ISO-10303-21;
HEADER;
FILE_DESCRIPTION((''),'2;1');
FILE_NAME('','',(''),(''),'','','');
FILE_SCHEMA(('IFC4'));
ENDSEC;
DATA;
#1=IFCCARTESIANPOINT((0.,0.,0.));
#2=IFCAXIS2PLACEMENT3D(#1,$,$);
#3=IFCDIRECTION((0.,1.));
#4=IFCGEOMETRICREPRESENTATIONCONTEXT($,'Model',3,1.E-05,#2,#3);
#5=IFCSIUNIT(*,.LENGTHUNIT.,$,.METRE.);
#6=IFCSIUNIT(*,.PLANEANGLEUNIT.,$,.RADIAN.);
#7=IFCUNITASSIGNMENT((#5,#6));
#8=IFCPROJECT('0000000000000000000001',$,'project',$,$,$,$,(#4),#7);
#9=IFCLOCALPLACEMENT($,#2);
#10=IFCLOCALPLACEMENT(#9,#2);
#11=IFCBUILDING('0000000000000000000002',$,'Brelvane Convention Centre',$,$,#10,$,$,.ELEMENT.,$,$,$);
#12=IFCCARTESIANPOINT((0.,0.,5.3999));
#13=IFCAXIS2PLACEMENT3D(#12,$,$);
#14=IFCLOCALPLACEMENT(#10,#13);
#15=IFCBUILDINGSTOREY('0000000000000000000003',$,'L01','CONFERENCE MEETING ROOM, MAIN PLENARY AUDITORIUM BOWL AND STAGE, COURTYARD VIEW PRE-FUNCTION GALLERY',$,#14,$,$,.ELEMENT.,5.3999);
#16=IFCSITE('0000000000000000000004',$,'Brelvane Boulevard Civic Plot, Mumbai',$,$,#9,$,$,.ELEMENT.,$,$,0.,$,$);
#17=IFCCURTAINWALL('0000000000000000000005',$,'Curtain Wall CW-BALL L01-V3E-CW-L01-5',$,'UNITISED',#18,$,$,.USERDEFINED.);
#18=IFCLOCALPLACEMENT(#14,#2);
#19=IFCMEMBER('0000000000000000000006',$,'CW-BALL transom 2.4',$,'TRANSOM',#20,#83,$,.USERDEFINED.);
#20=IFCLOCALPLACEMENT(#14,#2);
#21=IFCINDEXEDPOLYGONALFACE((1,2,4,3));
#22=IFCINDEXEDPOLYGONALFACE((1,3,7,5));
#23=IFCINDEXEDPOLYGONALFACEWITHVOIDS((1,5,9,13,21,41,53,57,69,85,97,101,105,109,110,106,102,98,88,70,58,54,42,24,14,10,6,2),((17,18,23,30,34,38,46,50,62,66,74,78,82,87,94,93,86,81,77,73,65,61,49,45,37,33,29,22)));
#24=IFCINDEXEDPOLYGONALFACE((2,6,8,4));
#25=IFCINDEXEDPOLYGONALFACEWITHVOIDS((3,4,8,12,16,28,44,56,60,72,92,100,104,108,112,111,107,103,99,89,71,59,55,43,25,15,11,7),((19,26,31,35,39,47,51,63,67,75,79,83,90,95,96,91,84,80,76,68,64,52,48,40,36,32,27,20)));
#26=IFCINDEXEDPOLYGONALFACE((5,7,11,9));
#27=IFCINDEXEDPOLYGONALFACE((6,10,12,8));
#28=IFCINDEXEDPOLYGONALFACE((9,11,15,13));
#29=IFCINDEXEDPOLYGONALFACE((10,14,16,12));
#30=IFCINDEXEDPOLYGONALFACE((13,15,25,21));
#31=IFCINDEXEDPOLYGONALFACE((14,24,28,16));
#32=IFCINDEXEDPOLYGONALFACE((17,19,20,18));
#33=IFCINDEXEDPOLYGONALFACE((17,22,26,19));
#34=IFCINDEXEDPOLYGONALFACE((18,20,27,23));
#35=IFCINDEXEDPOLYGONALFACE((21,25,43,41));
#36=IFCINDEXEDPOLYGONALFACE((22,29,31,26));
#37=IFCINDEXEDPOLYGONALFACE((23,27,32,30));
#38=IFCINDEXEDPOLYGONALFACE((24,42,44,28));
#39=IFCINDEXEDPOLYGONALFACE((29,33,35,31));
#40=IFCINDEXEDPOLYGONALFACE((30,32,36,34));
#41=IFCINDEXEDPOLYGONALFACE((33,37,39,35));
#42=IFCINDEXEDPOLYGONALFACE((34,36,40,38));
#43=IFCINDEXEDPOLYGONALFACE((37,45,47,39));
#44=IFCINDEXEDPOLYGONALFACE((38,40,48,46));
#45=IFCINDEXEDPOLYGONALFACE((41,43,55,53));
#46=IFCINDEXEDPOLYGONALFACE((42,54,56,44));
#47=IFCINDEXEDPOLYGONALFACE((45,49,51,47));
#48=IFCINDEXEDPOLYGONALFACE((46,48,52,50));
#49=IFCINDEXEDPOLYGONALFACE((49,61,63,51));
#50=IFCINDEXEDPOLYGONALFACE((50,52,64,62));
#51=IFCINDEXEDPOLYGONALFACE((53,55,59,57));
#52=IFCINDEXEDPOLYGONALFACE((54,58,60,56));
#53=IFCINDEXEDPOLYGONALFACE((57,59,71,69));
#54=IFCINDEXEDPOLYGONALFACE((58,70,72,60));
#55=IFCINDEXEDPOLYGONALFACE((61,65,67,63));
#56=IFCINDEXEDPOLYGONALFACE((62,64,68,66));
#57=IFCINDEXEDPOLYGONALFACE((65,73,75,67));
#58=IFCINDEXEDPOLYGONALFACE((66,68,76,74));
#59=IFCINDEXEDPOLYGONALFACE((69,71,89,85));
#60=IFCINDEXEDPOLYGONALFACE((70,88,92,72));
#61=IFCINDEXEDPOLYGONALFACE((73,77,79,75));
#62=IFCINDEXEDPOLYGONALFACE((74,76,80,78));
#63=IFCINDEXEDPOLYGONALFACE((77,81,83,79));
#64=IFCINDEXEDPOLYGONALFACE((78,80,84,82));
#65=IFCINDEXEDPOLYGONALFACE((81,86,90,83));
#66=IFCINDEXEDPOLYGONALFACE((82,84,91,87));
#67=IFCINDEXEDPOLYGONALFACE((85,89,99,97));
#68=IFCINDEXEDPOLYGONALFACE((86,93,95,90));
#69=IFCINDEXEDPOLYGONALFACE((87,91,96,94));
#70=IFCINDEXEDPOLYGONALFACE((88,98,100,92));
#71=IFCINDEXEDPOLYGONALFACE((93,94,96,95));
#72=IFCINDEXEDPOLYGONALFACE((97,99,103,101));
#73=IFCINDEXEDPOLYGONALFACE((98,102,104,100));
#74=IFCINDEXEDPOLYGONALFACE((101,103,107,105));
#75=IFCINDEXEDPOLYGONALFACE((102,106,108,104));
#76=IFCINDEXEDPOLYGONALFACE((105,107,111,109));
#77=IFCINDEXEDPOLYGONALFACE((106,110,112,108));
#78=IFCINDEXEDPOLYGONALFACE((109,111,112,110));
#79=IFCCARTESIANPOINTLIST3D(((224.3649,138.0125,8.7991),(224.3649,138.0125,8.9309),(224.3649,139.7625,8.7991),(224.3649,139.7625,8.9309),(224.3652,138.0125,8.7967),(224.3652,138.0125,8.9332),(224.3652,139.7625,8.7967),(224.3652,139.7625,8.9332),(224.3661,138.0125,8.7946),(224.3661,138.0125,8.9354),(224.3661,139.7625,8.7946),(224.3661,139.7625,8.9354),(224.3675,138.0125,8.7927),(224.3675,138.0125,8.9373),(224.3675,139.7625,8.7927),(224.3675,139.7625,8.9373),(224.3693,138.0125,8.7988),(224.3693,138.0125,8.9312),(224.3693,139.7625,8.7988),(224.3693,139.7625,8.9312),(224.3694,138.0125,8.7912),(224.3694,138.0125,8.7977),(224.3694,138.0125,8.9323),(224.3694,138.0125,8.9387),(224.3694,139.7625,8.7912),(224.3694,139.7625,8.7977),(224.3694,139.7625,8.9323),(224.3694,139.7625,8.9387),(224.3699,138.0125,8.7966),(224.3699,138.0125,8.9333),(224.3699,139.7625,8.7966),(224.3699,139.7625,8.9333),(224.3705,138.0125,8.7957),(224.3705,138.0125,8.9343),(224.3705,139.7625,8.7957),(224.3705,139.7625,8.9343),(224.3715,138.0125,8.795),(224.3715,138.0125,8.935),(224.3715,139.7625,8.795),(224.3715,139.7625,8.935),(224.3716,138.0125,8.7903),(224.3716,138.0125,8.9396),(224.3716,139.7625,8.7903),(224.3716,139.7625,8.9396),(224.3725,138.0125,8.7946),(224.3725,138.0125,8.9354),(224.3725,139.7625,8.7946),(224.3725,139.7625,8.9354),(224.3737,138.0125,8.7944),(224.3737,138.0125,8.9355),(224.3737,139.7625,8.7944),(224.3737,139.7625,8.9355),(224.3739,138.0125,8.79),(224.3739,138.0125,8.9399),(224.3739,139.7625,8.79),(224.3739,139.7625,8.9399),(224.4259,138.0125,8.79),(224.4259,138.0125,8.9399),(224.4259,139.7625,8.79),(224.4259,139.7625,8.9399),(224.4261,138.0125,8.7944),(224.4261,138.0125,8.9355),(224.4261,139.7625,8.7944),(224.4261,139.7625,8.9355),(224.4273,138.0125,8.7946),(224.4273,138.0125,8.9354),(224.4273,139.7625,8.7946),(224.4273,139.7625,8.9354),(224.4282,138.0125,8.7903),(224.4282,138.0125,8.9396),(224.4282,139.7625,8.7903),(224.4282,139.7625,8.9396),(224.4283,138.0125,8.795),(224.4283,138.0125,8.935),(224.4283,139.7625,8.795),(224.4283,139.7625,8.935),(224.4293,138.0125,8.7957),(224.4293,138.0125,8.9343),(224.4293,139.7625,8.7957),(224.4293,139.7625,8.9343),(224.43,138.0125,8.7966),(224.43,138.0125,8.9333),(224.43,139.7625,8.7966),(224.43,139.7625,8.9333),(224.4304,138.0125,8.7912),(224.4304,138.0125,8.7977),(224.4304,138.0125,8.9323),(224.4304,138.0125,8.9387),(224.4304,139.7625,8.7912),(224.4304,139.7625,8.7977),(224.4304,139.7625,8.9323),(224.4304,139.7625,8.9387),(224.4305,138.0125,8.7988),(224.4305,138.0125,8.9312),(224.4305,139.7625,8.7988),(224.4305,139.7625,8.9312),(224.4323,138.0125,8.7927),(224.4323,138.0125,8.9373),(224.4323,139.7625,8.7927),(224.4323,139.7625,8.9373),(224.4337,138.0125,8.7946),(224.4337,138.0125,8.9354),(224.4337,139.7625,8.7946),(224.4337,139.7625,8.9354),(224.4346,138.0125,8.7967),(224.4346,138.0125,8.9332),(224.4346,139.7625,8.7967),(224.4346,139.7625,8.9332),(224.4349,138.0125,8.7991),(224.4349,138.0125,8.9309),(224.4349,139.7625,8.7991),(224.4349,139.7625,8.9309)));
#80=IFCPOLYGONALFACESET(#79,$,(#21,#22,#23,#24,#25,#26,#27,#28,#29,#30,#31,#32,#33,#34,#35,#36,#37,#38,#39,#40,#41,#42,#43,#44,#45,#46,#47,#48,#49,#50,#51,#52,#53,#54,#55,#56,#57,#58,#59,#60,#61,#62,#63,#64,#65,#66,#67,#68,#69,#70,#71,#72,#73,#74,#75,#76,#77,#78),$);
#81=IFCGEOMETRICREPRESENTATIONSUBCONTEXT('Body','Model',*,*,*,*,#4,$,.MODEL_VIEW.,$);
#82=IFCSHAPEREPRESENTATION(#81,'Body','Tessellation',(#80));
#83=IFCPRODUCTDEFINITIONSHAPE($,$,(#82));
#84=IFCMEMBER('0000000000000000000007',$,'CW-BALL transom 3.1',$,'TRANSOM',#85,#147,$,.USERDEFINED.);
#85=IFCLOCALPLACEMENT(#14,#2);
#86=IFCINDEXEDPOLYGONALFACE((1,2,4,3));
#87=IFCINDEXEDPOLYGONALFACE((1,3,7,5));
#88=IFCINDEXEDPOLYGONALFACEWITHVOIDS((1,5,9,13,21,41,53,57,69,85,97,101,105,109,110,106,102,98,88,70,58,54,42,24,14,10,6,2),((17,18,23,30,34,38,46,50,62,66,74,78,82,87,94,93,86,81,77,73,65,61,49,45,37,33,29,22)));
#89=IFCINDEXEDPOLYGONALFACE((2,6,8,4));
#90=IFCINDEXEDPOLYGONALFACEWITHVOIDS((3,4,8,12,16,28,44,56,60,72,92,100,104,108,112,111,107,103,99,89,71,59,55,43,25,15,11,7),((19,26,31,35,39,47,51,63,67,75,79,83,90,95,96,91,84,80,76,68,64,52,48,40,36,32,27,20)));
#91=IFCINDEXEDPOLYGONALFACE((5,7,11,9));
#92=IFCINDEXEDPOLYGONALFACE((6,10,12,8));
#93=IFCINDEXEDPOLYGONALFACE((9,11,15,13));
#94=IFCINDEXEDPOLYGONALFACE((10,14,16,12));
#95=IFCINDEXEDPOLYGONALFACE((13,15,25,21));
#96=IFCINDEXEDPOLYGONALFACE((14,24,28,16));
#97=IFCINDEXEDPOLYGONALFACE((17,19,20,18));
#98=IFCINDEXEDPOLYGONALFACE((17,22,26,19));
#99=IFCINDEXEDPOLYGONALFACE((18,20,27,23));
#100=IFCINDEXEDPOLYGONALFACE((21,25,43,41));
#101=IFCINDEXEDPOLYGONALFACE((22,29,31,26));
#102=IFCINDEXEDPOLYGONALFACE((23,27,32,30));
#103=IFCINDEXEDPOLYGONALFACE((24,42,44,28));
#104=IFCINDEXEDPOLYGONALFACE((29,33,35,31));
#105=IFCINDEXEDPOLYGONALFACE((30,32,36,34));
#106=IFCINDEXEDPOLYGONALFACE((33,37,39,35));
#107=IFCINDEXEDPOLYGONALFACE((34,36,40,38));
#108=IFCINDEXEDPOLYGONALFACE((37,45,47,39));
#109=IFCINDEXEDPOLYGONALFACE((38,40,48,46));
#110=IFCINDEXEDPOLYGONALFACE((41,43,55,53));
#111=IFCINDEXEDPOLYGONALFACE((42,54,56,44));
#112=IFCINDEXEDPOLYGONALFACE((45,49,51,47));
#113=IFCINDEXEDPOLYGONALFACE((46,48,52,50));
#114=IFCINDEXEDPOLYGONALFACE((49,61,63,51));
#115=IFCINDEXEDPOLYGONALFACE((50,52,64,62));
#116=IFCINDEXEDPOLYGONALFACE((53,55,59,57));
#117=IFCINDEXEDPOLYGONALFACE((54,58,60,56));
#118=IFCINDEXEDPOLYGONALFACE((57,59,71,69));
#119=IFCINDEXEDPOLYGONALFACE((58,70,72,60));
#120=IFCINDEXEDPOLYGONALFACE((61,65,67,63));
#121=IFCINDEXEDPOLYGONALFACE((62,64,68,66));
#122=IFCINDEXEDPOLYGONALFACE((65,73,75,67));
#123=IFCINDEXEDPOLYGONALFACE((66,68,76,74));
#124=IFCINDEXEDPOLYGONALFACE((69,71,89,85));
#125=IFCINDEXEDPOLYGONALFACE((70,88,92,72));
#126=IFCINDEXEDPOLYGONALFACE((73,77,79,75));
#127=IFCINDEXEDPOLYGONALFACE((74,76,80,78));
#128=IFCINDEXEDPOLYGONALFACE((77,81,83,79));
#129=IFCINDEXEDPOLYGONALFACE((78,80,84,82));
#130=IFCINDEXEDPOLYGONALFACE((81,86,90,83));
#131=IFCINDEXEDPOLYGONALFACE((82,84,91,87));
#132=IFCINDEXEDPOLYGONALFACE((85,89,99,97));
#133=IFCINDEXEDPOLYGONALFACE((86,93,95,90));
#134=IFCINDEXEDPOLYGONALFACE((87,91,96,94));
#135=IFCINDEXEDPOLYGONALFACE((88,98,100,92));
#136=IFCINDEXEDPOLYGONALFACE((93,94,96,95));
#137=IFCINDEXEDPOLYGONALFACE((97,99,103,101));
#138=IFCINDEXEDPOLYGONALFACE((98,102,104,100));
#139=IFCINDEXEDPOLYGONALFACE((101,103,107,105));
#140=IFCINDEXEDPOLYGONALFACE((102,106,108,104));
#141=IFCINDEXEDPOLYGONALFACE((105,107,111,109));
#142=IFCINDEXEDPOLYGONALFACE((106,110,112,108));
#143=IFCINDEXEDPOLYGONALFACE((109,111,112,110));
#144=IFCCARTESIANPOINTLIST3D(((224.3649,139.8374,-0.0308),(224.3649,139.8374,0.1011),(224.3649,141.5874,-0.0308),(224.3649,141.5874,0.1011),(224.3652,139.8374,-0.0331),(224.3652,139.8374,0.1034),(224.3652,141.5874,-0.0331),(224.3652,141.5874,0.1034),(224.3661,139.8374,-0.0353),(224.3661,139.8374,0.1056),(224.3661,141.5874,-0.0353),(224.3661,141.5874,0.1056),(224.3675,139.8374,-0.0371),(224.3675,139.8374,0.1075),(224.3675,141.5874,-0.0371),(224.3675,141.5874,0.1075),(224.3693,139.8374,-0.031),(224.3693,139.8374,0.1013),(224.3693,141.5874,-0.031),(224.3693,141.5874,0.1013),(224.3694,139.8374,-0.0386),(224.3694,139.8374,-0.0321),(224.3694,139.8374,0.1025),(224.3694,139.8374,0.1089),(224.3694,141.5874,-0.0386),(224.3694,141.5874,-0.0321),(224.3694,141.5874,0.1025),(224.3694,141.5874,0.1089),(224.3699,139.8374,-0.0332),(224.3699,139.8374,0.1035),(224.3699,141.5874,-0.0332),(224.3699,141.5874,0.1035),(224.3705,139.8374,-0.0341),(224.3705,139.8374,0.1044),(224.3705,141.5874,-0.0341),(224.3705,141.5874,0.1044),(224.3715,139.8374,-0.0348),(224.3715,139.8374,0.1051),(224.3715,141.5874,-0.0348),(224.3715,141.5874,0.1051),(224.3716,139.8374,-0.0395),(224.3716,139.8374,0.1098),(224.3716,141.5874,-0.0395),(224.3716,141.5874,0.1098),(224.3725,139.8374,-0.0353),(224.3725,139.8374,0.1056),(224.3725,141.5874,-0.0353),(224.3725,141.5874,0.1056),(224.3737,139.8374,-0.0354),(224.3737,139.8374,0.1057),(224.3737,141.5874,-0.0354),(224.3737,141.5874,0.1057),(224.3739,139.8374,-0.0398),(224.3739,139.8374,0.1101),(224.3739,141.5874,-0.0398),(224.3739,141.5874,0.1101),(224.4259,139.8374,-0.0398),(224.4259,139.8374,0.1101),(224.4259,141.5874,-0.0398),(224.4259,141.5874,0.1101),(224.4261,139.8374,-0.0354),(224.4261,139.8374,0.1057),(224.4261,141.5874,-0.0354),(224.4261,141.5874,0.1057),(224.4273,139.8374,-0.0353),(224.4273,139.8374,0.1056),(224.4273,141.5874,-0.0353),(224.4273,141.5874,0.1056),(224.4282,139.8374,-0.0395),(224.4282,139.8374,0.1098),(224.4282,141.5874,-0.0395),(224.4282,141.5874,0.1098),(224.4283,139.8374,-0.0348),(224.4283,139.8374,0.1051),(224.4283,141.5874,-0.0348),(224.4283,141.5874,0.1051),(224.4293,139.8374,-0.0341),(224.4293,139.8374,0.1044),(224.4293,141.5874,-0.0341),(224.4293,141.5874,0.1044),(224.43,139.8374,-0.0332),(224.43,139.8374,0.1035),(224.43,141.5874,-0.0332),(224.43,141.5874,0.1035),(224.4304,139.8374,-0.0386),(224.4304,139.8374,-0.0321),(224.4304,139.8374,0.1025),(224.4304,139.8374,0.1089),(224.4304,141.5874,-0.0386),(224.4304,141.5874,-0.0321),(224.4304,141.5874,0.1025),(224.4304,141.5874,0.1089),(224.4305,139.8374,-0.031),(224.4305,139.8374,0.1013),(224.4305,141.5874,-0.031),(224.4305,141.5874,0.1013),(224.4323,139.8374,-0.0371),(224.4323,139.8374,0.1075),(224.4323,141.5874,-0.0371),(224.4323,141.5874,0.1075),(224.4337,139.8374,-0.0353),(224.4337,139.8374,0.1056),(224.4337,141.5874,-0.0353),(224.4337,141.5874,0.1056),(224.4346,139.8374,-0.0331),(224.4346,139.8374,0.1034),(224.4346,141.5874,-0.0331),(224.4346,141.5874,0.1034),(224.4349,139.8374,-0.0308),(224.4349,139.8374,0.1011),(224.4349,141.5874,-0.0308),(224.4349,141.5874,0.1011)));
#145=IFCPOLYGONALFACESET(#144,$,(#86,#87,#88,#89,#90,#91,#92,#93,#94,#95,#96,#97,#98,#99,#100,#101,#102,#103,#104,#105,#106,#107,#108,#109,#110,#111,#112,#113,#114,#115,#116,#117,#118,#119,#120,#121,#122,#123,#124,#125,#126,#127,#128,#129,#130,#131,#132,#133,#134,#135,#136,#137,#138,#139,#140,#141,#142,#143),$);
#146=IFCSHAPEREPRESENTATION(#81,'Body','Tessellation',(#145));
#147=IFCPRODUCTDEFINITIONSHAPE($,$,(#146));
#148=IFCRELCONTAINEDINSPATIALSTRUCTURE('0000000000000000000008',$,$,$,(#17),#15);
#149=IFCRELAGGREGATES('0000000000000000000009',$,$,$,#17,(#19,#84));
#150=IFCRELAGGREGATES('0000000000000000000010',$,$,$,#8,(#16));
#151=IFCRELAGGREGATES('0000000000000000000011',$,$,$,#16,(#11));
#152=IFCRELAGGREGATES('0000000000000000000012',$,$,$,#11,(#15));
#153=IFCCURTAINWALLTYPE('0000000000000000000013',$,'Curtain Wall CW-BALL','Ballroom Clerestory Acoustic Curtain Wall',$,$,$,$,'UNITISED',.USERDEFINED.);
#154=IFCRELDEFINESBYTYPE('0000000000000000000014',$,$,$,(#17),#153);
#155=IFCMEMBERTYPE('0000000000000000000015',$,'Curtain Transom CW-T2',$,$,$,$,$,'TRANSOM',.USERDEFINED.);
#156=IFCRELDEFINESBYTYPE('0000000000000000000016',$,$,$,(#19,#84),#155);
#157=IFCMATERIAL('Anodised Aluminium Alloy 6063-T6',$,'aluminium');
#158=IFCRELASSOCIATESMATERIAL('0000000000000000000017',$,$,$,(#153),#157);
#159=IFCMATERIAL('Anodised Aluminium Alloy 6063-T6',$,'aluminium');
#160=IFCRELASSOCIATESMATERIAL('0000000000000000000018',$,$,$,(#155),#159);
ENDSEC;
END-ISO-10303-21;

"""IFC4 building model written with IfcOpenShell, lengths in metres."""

from ifc_helpers import new_model, si_unit, direction, frame, origin, origin_2d, place, context, subcontext, project, spatial, hollow_rectangle, extrude, material, material_profile, profile_set, type_object, element, aggregate, save


model = new_model("IFC4")

# Units and contexts
model_context = context("Model", 3, precision=1e-05, world=origin(), true_north=direction((0.0, 1.0)))
body_context = subcontext(model_context, "Body", "Model", "MODEL_VIEW")
ifc_project = project(units=[si_unit("LENGTHUNIT", "METRE"), si_unit("PLANEANGLEUNIT", "RADIAN")], contexts=[model_context])

# Site, building, storey
site_placement = place(None, origin())
site = spatial("IfcSite", under=ifc_project, at=site_placement, Name="Brelvane Boulevard Civic Plot, Mumbai", CompositionType="ELEMENT", RefElevation=0.0)
building_placement = place(site_placement, origin())
building = spatial("IfcBuilding", under=site, at=building_placement, Name="Brelvane Convention Centre", CompositionType="ELEMENT")
storey_placement = place(building_placement, frame((0.0, 0.0, 5.3999)))
storey = spatial("IfcBuildingStorey", under=building, at=storey_placement, Name="L01", Description="CONFERENCE MEETING ROOM, MAIN PLENARY AUDITORIUM BOWL AND STAGE, COURTYARD VIEW PRE-FUNCTION GALLERY", CompositionType="ELEMENT", Elevation=5.3999)

# Curtain wall, members
ifc_material_1 = material(Name="Anodised Aluminium Alloy 6063-T6", Category="aluminium")
curtain_wall_type = type_object("IfcCurtainWallType", Name="Curtain Wall CW-BALL", Description="Ballroom Clerestory Acoustic Curtain Wall", ElementType="UNITISED", PredefinedType="USERDEFINED", material=ifc_material_1)
curtain_wall_placement = place(storey_placement, origin())
curtain_wall = element("IfcCurtainWall", 1, at=curtain_wall_placement, inside=storey, type_object=curtain_wall_type, Name="Curtain Wall CW-BALL L01-V3E-CW-L01-5", ObjectType="UNITISED", PredefinedType="USERDEFINED")
ifc_material_2 = material(Name="Anodised Aluminium Alloy 6063-T6", Category="aluminium")
ifc_material_profile_1 = material_profile(ifc_material_2, hollow_rectangle(XDim=0.0701, YDim=0.1499, WallThickness=0.0044, InnerFilletRadius=0.0044, OuterFilletRadius=0.009, at=origin_2d()), Name="ALU-T 150x70x4.5")
ifc_profile_set_1 = profile_set([ifc_material_profile_1], Name="Anodised Aluminium Alloy 6063-T6")
member_type_1 = type_object("IfcMemberType", Name="Curtain Transom CW-T2", ElementType="TRANSOM", PredefinedType="USERDEFINED", material=ifc_profile_set_1)
member_1_placement = place(storey_placement, frame((224.3999, 138.0125, 8.865), z_axis=(0.0, 1.0, 0.0), x_axis=(-1.0, 0.0, 0.0)))
member_1 = element("IfcMember", 2, at=member_1_placement, type_object=member_type_1, Name="CW-BALL transom 2.4", ObjectType="TRANSOM", PredefinedType="USERDEFINED", context=body_context, shape_type="SweptSolid", body=[
    extrude(hollow_rectangle(XDim=0.0701, YDim=0.1499, WallThickness=0.0044, InnerFilletRadius=0.0044, OuterFilletRadius=0.009, at=origin_2d()), origin(), (0.0, 0.0, 1.0), 1.75),
])
member_2_placement = place(storey_placement, frame((224.3999, 139.8374, 0.0352), z_axis=(0.0, 1.0, 0.0), x_axis=(-1.0, 0.0, 0.0)))
member_2 = element("IfcMember", 3, at=member_2_placement, type_object=member_type_1, Name="CW-BALL transom 3.1", ObjectType="TRANSOM", PredefinedType="USERDEFINED", context=body_context, shape_type="SweptSolid", body=[
    extrude(hollow_rectangle(XDim=0.0701, YDim=0.1499, WallThickness=0.0044, InnerFilletRadius=0.0044, OuterFilletRadius=0.009, at=origin_2d()), origin(), (0.0, 0.0, 1.0), 1.75),
])
aggregate(curtain_wall, [member_1, member_2])

save(model, "model.ifc")
